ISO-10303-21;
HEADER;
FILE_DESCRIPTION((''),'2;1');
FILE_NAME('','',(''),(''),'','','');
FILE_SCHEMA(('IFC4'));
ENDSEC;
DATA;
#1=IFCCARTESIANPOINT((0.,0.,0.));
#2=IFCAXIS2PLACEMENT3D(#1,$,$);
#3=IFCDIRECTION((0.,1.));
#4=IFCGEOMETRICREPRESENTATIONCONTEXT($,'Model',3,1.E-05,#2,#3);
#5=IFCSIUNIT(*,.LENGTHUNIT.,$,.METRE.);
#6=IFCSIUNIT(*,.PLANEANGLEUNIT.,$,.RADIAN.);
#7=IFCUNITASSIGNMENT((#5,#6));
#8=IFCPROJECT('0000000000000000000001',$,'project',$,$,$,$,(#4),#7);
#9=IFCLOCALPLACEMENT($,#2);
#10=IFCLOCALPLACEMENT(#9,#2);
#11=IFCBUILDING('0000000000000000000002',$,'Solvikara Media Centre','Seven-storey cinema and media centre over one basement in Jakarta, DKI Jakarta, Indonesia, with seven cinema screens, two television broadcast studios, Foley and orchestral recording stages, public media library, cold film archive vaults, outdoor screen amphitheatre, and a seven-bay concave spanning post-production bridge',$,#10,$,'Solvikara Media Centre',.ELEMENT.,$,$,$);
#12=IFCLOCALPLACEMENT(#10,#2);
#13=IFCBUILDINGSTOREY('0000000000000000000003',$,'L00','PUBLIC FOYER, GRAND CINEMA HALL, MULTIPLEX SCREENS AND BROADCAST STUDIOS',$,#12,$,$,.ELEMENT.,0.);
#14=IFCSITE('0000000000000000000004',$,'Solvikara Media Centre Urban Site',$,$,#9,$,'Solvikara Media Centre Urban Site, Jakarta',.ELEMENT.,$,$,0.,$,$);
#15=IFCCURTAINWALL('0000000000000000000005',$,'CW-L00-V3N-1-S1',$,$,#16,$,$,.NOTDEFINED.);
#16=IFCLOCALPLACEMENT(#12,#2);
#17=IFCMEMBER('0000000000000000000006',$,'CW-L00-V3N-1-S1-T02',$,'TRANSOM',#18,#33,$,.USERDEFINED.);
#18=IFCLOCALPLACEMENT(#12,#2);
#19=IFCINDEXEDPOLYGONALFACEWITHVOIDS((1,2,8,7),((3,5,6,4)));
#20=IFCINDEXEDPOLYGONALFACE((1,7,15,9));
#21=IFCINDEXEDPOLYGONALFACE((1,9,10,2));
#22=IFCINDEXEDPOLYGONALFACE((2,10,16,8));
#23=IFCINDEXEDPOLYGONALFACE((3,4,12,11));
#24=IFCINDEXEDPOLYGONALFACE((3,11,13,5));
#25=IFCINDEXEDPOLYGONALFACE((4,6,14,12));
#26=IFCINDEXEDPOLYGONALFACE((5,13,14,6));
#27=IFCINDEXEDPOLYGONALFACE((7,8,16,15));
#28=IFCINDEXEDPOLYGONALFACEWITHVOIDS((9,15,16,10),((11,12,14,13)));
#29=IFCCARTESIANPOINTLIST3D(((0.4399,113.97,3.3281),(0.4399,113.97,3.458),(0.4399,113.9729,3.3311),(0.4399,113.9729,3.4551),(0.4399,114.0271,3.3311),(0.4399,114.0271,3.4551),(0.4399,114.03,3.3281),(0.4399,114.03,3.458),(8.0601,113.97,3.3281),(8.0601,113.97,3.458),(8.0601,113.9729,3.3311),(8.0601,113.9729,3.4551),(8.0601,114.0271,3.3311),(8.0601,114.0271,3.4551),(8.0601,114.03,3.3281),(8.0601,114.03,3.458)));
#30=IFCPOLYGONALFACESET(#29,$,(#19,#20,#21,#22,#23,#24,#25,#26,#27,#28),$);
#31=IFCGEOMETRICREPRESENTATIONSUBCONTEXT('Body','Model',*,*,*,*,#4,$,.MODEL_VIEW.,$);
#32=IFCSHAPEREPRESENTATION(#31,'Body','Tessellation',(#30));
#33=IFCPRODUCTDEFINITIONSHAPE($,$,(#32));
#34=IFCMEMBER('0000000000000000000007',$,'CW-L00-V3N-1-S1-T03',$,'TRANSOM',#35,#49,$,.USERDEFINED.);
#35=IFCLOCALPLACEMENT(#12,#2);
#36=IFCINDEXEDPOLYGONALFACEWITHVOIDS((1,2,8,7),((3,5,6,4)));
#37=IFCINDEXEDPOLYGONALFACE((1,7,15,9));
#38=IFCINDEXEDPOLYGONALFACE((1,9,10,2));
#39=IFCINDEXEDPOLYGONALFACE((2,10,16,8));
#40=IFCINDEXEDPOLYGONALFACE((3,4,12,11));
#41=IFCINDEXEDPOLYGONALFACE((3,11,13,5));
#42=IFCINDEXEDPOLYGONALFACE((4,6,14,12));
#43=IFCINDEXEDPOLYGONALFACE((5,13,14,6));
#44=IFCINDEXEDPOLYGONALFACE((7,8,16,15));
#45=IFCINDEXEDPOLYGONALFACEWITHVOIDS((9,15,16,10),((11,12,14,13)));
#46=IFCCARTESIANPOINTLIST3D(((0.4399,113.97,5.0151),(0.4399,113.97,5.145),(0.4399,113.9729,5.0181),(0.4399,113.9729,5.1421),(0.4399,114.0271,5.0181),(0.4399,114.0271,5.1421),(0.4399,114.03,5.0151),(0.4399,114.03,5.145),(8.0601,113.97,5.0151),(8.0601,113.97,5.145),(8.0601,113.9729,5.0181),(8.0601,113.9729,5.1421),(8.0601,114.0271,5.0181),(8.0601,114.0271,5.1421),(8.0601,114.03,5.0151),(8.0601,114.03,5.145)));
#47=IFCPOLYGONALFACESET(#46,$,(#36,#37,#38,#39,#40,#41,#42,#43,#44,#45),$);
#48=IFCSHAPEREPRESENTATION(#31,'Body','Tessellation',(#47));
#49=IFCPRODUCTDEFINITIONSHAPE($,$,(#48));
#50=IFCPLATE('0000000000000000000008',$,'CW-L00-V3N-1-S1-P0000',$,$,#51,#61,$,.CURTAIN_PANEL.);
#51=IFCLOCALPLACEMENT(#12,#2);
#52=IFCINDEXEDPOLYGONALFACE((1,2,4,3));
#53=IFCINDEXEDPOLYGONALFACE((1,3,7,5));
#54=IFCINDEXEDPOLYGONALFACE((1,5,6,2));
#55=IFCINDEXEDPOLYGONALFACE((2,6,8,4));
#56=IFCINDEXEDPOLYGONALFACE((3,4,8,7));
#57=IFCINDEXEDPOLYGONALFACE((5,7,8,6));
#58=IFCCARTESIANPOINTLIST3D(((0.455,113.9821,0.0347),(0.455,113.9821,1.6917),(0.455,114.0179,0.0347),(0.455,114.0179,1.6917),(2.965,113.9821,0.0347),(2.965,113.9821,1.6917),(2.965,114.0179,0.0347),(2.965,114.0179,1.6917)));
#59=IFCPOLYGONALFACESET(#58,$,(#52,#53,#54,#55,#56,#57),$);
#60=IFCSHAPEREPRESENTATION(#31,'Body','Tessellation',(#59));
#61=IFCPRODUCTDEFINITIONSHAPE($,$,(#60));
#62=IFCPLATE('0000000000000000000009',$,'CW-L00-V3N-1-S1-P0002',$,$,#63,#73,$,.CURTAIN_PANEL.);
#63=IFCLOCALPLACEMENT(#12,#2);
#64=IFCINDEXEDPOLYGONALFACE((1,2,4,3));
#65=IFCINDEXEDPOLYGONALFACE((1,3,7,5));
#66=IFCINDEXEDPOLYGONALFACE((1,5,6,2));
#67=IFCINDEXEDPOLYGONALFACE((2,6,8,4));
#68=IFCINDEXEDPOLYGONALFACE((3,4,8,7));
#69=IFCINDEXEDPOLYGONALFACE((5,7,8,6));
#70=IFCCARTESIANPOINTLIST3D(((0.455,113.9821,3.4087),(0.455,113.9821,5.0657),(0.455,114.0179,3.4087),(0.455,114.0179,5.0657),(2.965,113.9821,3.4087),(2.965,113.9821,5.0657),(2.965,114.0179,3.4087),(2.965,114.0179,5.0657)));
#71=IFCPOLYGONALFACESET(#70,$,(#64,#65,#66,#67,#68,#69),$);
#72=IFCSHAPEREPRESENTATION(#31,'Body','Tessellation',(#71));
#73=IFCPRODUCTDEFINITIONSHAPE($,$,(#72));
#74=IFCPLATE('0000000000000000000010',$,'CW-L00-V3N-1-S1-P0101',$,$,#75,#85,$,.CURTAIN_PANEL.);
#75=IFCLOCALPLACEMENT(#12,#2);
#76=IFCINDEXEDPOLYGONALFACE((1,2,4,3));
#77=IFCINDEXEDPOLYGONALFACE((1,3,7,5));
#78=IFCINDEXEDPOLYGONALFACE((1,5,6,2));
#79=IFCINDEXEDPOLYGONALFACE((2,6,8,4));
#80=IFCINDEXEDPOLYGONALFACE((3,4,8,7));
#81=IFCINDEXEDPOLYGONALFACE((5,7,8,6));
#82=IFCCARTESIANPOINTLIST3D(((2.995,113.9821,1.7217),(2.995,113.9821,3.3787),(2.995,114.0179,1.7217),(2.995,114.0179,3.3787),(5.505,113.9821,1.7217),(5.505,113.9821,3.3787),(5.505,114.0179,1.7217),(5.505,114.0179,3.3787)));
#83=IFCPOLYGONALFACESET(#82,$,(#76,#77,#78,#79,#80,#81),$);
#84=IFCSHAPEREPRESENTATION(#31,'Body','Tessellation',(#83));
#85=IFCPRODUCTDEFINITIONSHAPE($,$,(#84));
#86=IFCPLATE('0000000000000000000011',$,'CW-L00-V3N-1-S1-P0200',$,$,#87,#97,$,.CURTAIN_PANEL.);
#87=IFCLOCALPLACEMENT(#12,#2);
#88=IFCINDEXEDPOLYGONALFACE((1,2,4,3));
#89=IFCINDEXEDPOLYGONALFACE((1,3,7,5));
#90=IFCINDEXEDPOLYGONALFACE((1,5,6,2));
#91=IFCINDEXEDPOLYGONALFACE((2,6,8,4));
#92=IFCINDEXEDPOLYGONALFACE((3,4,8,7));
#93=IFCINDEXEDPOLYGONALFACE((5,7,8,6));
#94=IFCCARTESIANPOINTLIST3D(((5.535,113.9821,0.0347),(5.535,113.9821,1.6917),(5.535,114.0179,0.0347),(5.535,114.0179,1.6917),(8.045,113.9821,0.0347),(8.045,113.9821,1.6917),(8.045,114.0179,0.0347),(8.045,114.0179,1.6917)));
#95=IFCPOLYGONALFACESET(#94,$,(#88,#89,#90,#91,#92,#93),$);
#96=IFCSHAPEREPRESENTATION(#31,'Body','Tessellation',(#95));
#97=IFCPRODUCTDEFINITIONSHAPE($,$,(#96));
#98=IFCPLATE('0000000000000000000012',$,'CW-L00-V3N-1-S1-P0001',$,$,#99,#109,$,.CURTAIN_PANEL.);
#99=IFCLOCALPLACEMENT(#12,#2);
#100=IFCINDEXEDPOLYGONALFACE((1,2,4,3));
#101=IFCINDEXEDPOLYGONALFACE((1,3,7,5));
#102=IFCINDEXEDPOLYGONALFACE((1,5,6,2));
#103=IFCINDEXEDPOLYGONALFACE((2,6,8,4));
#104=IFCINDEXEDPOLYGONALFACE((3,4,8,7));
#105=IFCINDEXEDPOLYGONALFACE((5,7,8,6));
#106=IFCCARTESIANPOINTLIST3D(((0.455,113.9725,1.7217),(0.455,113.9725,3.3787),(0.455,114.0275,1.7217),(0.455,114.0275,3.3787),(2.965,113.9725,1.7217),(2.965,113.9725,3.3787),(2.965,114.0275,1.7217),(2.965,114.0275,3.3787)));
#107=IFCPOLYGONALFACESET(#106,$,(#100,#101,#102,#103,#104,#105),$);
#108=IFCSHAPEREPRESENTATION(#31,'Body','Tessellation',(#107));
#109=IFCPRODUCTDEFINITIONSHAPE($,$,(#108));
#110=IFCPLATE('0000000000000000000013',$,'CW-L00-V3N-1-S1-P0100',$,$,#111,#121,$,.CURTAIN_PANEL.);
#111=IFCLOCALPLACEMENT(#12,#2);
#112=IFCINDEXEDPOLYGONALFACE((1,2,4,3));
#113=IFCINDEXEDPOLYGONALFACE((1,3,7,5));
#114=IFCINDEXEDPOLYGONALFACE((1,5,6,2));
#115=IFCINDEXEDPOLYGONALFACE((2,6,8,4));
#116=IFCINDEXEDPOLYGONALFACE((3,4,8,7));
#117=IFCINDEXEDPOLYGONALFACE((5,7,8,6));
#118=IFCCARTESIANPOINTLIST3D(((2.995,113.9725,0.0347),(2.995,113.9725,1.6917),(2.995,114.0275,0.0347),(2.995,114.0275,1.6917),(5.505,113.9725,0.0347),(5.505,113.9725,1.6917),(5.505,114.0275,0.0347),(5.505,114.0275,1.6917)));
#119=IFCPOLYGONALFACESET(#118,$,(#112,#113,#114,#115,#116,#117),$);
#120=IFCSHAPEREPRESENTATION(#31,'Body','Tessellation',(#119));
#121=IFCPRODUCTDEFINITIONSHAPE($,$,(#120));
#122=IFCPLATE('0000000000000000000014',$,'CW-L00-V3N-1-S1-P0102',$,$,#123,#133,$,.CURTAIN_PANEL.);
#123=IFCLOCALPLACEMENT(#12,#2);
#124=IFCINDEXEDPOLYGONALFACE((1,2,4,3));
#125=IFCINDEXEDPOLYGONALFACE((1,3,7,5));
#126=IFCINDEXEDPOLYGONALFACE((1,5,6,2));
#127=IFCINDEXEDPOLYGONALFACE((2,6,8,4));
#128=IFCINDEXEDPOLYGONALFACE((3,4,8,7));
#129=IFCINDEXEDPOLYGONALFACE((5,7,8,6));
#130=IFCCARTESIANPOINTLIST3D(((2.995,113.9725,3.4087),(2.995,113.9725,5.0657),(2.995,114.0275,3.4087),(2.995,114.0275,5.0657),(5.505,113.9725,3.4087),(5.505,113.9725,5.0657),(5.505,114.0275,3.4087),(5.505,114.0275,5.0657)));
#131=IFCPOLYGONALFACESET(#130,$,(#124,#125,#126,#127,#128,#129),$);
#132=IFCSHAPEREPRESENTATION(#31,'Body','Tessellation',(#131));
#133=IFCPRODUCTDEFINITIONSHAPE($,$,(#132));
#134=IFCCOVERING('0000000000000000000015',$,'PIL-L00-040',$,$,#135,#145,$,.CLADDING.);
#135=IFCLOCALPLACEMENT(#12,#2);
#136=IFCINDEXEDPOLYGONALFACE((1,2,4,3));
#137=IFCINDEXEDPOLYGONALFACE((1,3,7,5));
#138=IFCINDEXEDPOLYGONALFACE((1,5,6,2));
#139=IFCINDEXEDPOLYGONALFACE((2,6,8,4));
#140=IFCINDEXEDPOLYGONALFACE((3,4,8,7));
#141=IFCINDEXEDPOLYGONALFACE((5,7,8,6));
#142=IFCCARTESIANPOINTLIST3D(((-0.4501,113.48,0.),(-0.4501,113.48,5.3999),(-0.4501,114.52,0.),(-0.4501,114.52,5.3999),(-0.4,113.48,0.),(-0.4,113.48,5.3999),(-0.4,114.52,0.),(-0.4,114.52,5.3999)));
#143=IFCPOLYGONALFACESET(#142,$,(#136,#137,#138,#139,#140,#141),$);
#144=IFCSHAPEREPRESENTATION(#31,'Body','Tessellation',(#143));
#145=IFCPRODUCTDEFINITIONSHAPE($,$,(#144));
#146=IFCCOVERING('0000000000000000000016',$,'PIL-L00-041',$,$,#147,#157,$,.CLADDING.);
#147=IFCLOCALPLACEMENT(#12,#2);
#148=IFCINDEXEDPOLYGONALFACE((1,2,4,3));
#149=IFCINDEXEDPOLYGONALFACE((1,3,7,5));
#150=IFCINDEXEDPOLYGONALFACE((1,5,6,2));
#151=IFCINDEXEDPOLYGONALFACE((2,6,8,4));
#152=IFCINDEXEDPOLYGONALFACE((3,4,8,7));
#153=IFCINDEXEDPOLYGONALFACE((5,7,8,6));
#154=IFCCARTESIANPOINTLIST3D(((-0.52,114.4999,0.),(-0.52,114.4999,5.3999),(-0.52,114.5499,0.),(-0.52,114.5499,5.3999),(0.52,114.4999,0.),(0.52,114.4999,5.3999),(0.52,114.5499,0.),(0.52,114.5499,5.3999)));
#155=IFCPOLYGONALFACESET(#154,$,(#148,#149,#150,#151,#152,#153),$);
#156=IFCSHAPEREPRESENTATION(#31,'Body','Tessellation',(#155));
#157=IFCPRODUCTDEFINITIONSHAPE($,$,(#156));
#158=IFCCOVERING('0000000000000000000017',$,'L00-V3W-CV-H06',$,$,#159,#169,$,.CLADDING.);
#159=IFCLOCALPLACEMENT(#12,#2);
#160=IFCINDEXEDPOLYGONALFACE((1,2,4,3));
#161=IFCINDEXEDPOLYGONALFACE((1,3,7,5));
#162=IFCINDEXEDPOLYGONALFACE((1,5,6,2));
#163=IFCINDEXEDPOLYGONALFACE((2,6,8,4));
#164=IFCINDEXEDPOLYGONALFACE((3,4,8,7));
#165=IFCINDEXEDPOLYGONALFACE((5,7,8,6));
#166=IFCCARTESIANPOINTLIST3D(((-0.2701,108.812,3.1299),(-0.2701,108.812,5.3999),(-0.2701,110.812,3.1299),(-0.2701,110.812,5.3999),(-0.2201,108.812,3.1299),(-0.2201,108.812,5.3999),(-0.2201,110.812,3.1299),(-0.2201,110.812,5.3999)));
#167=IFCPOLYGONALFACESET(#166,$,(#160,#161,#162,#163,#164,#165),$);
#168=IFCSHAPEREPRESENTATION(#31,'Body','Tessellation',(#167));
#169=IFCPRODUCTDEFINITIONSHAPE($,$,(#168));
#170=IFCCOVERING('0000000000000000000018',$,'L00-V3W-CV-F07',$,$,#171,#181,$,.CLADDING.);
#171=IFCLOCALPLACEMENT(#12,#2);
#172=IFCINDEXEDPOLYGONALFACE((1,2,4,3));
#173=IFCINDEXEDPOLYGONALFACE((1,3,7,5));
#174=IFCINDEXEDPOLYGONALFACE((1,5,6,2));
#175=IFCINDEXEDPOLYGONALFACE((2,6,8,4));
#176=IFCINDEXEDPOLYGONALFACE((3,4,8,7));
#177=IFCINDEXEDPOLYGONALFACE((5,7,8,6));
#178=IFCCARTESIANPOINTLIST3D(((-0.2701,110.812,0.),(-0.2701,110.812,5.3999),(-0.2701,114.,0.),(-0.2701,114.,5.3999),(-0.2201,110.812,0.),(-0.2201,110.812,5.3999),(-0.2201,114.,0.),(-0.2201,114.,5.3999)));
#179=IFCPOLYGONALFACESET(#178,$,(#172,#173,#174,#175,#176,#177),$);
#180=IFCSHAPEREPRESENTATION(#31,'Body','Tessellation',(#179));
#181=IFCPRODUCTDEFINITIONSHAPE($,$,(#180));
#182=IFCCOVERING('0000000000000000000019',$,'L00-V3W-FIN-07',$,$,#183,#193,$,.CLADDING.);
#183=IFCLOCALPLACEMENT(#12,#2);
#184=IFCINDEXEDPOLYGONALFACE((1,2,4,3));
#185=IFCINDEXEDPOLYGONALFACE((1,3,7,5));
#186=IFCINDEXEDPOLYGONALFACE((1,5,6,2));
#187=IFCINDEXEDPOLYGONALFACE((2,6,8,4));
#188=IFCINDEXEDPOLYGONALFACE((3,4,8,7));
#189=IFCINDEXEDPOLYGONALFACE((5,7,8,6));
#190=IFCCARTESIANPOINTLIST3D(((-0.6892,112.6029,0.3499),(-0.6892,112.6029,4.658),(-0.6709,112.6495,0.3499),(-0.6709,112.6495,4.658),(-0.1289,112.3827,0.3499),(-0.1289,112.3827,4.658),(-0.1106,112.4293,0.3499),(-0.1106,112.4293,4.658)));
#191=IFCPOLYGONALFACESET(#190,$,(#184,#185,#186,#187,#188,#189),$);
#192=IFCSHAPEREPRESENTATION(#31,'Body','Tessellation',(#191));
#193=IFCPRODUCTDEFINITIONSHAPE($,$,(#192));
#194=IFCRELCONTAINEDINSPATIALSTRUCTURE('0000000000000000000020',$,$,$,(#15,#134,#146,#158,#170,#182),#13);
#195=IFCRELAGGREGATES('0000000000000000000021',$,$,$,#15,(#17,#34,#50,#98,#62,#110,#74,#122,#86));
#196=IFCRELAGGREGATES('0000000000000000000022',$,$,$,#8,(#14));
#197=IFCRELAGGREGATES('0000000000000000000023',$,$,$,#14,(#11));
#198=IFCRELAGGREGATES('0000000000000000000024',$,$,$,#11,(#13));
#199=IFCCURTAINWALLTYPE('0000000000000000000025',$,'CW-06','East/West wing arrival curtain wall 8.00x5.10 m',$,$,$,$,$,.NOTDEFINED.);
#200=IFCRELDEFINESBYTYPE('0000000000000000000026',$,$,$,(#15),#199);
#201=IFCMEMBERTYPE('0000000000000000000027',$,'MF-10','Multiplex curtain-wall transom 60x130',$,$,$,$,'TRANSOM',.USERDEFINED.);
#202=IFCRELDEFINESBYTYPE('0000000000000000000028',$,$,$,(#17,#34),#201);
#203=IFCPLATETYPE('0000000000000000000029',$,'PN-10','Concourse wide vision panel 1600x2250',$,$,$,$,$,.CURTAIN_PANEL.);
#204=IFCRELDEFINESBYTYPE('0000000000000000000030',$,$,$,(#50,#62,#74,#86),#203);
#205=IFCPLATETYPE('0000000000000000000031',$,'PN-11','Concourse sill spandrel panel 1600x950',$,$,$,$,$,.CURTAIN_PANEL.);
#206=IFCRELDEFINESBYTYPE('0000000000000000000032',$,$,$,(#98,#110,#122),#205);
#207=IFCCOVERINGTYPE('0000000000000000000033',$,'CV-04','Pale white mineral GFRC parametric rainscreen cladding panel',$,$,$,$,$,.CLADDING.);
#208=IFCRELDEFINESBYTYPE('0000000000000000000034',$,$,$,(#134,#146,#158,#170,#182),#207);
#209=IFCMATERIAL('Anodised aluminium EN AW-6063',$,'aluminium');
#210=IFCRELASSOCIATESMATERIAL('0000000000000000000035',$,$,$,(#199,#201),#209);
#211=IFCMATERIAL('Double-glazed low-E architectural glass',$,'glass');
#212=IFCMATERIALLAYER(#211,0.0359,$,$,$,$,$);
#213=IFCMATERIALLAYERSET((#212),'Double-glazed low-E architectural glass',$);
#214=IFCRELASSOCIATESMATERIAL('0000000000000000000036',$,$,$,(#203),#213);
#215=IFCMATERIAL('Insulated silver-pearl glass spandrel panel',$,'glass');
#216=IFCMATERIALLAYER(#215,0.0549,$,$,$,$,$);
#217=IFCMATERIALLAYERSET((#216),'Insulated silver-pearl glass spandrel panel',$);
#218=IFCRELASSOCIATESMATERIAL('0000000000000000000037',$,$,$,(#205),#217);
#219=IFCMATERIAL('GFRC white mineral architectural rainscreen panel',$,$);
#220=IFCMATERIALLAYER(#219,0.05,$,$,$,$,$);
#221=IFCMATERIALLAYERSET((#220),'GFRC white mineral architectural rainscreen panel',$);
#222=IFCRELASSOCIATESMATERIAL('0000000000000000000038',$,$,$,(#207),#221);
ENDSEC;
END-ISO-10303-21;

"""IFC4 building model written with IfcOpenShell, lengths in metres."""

from ifc_helpers import new_model, si_unit, direction, frame, origin, origin_2d, place, context, subcontext, project, spatial, rectangle, hollow_rectangle, extrude, material, layer, layer_set, material_profile, profile_set, type_object, element, aggregate, save


model = new_model("IFC4")

# Units and contexts
model_context = context("Model", 3, precision=1e-05, world=origin(), true_north=direction((0.0, 1.0)))
body_context = subcontext(model_context, "Body", "Model", "MODEL_VIEW")
ifc_project = project(units=[si_unit("LENGTHUNIT", "METRE"), si_unit("PLANEANGLEUNIT", "RADIAN")], contexts=[model_context])

# Site, building, storey
site_placement = place(None, origin())
site = spatial("IfcSite", under=ifc_project, at=site_placement, Name="Solvikara Media Centre Urban Site", LongName="Solvikara Media Centre Urban Site, Jakarta", CompositionType="ELEMENT", RefElevation=0.0)
building_placement = place(site_placement, origin())
building = spatial("IfcBuilding", under=site, at=building_placement, Name="Solvikara Media Centre", Description="Seven-storey cinema and media centre over one basement in Jakarta, DKI Jakarta, Indonesia, with seven cinema screens, two television broadcast studios, Foley and orchestral recording stages, public media library, cold film archive vaults, outdoor screen amphitheatre, and a seven-bay concave spanning post-production bridge", LongName="Solvikara Media Centre", CompositionType="ELEMENT")
storey_placement = place(building_placement, origin())
storey = spatial("IfcBuildingStorey", under=building, at=storey_placement, Name="L00", Description="PUBLIC FOYER, GRAND CINEMA HALL, MULTIPLEX SCREENS AND BROADCAST STUDIOS", CompositionType="ELEMENT", Elevation=0.0)

# Curtain wall, members, plates
ifc_material_1 = material(Name="Anodised aluminium EN AW-6063", Category="aluminium")
curtain_wall_type = type_object("IfcCurtainWallType", Name="CW-06", Description="East/West wing arrival curtain wall 8.00x5.10 m", PredefinedType="NOTDEFINED", material=ifc_material_1)
curtain_wall_placement = place(storey_placement, origin())
curtain_wall = element("IfcCurtainWall", 1, at=curtain_wall_placement, inside=storey, type_object=curtain_wall_type, Name="CW-L00-V3N-1-S1", PredefinedType="NOTDEFINED")
ifc_material_profile_1 = material_profile(ifc_material_1, hollow_rectangle(XDim=0.0601, YDim=0.1299, WallThickness=0.0029, at=origin_2d()), Name="ALU-T 60x130x3")
ifc_profile_set_1 = profile_set([ifc_material_profile_1], Name="Anodised aluminium EN AW-6063")
member_type_1 = type_object("IfcMemberType", Name="MF-10", Description="Multiplex curtain-wall transom 60x130", ElementType="TRANSOM", PredefinedType="USERDEFINED", material=ifc_profile_set_1)
member_1_placement = place(storey_placement, frame((0.4399, 114.0, 3.3931), z_axis=(1.0, 0.0, 0.0), x_axis=(0.0, 1.0, 0.0)))
member_1 = element("IfcMember", 2, at=member_1_placement, type_object=member_type_1, Name="CW-L00-V3N-1-S1-T02", ObjectType="TRANSOM", PredefinedType="USERDEFINED", context=body_context, shape_type="SweptSolid", body=[
    extrude(hollow_rectangle(XDim=0.0601, YDim=0.1299, WallThickness=0.0029, at=origin_2d()), origin(), (0.0, 0.0, 1.0), 7.6201),
])
member_2_placement = place(storey_placement, frame((0.4399, 114.0, 5.0801), z_axis=(1.0, 0.0, 0.0), x_axis=(0.0, 1.0, 0.0)))
member_2 = element("IfcMember", 3, at=member_2_placement, type_object=member_type_1, Name="CW-L00-V3N-1-S1-T03", ObjectType="TRANSOM", PredefinedType="USERDEFINED", context=body_context, shape_type="SweptSolid", body=[
    extrude(hollow_rectangle(XDim=0.0601, YDim=0.1299, WallThickness=0.0029, at=origin_2d()), origin(), (0.0, 0.0, 1.0), 7.6201),
])
ifc_material_2 = material(Name="Double-glazed low-E architectural glass", Category="glass")
ifc_layer_1 = layer(ifc_material_2, 0.0359)
ifc_layer_set_1 = layer_set([ifc_layer_1], Name="Double-glazed low-E architectural glass")
plate_type_1 = type_object("IfcPlateType", Name="PN-10", Description="Concourse wide vision panel 1600x2250", PredefinedType="CURTAIN_PANEL", material=ifc_layer_set_1)
plate_1_placement = place(storey_placement, frame((1.71, 114.0, 0.0347), z_axis=(0.0, 0.0, 1.0), x_axis=(1.0, 0.0, 0.0)))
plate_1 = element("IfcPlate", 4, at=plate_1_placement, type_object=plate_type_1, Name="CW-L00-V3N-1-S1-P0000", PredefinedType="CURTAIN_PANEL", context=body_context, shape_type="SweptSolid", body=[
    extrude(rectangle(XDim=2.51, YDim=0.0359, at=origin_2d()), origin(), (0.0, 0.0, 1.0), 1.657),
])
plate_2_placement = place(storey_placement, frame((1.71, 114.0, 3.4087), z_axis=(0.0, 0.0, 1.0), x_axis=(1.0, 0.0, 0.0)))
plate_2 = element("IfcPlate", 5, at=plate_2_placement, type_object=plate_type_1, Name="CW-L00-V3N-1-S1-P0002", PredefinedType="CURTAIN_PANEL", context=body_context, shape_type="SweptSolid", body=[
    extrude(rectangle(XDim=2.51, YDim=0.0359, at=origin_2d()), origin(), (0.0, 0.0, 1.0), 1.657),
])
plate_3_placement = place(storey_placement, frame((4.25, 114.0, 1.7217), z_axis=(0.0, 0.0, 1.0), x_axis=(1.0, 0.0, 0.0)))
plate_3 = element("IfcPlate", 6, at=plate_3_placement, type_object=plate_type_1, Name="CW-L00-V3N-1-S1-P0101", PredefinedType="CURTAIN_PANEL", context=body_context, shape_type="SweptSolid", body=[
    extrude(rectangle(XDim=2.51, YDim=0.0359, at=origin_2d()), origin(), (0.0, 0.0, 1.0), 1.657),
])
plate_4_placement = place(storey_placement, frame((6.79, 114.0, 0.0347), z_axis=(0.0, 0.0, 1.0), x_axis=(1.0, 0.0, 0.0)))
plate_4 = element("IfcPlate", 7, at=plate_4_placement, type_object=plate_type_1, Name="CW-L00-V3N-1-S1-P0200", PredefinedType="CURTAIN_PANEL", context=body_context, shape_type="SweptSolid", body=[
    extrude(rectangle(XDim=2.51, YDim=0.0359, at=origin_2d()), origin(), (0.0, 0.0, 1.0), 1.657),
])
ifc_material_3 = material(Name="Insulated silver-pearl glass spandrel panel", Category="glass")
ifc_layer_2 = layer(ifc_material_3, 0.0549)
ifc_layer_set_2 = layer_set([ifc_layer_2], Name="Insulated silver-pearl glass spandrel panel")
plate_type_2 = type_object("IfcPlateType", Name="PN-11", Description="Concourse sill spandrel panel 1600x950", PredefinedType="CURTAIN_PANEL", material=ifc_layer_set_2)
plate_5_placement = place(storey_placement, frame((1.71, 114.0, 1.7217), z_axis=(0.0, 0.0, 1.0), x_axis=(1.0, 0.0, 0.0)))
plate_5 = element("IfcPlate", 8, at=plate_5_placement, type_object=plate_type_2, Name="CW-L00-V3N-1-S1-P0001", PredefinedType="CURTAIN_PANEL", context=body_context, shape_type="SweptSolid", body=[
    extrude(rectangle(XDim=2.51, YDim=0.0549, at=origin_2d()), origin(), (0.0, 0.0, 1.0), 1.657),
])
plate_6_placement = place(storey_placement, frame((4.25, 114.0, 0.0347), z_axis=(0.0, 0.0, 1.0), x_axis=(1.0, 0.0, 0.0)))
plate_6 = element("IfcPlate", 9, at=plate_6_placement, type_object=plate_type_2, Name="CW-L00-V3N-1-S1-P0100", PredefinedType="CURTAIN_PANEL", context=body_context, shape_type="SweptSolid", body=[
    extrude(rectangle(XDim=2.51, YDim=0.0549, at=origin_2d()), origin(), (0.0, 0.0, 1.0), 1.657),
])
plate_7_placement = place(storey_placement, frame((4.25, 114.0, 3.4087), z_axis=(0.0, 0.0, 1.0), x_axis=(1.0, 0.0, 0.0)))
plate_7 = element("IfcPlate", 10, at=plate_7_placement, type_object=plate_type_2, Name="CW-L00-V3N-1-S1-P0102", PredefinedType="CURTAIN_PANEL", context=body_context, shape_type="SweptSolid", body=[
    extrude(rectangle(XDim=2.51, YDim=0.0549, at=origin_2d()), origin(), (0.0, 0.0, 1.0), 1.657),
])
aggregate(curtain_wall, [member_1, member_2, plate_1, plate_5, plate_2, plate_6, plate_3, plate_7, plate_4])

# Coverings
ifc_material_4 = material(Name="GFRC white mineral architectural rainscreen panel")
ifc_layer_3 = layer(ifc_material_4, 0.05)
ifc_layer_set_3 = layer_set([ifc_layer_3], Name="GFRC white mineral architectural rainscreen panel")
covering_type = type_object("IfcCoveringType", Name="CV-04", Description="Pale white mineral GFRC parametric rainscreen cladding panel", PredefinedType="CLADDING", material=ifc_layer_set_3)
for number, where, z_axis, x_axis, name in (
    (11, (-0.425, 114.0, 0.0), (0.0, 0.0, 1.0), (0.0, -1.0, 0.0), "PIL-L00-040"),
    (12, (0.0, 114.5249, 0.0), (0.0, 0.0, 1.0), (-1.0, 0.0, 0.0), "PIL-L00-041"),
):
    element("IfcCovering", number, at=place(storey_placement, frame(where, z_axis=z_axis, x_axis=x_axis)), inside=storey, type_object=covering_type, Name=name, PredefinedType="CLADDING", context=body_context, shape_type="SweptSolid", body=[
        extrude(rectangle(XDim=1.04, YDim=0.05, at=origin_2d()), origin(), (0.0, 0.0, 1.0), 5.3999),
    ])
covering_1_placement = place(storey_placement, frame((-0.2451, 109.812, 3.1299), z_axis=(0.0, 0.0, 1.0), x_axis=(0.0, 1.0, 0.0)))
element("IfcCovering", 13, at=covering_1_placement, inside=storey, type_object=covering_type, Name="L00-V3W-CV-H06", PredefinedType="CLADDING", context=body_context, shape_type="SweptSolid", body=[
    extrude(rectangle(XDim=2.0, YDim=0.05, at=origin_2d()), origin(), (0.0, 0.0, 1.0), 2.27),
])
covering_2_placement = place(storey_placement, frame((-0.2451, 112.406, 0.0), z_axis=(0.0, 0.0, 1.0), x_axis=(0.0, 1.0, 0.0)))
element("IfcCovering", 14, at=covering_2_placement, inside=storey, type_object=covering_type, Name="L00-V3W-CV-F07", PredefinedType="CLADDING", context=body_context, shape_type="SweptSolid", body=[
    extrude(rectangle(XDim=3.188, YDim=0.05, at=origin_2d()), origin(), (0.0, 0.0, 1.0), 5.3999),
])
covering_3_placement = place(storey_placement, frame((-0.3999, 112.5161, 0.3499), z_axis=(0.0, 0.0, 1.0), x_axis=(-0.93075, 0.365657, 0.0)))
element("IfcCovering", 15, at=covering_3_placement, inside=storey, type_object=covering_type, Name="L00-V3W-FIN-07", PredefinedType="CLADDING", context=body_context, shape_type="SweptSolid", body=[
    extrude(rectangle(XDim=0.6021, YDim=0.05, at=origin_2d()), origin(), (0.0, 0.0, 1.0), 4.3081),
])

save(model, "model.ifc")
